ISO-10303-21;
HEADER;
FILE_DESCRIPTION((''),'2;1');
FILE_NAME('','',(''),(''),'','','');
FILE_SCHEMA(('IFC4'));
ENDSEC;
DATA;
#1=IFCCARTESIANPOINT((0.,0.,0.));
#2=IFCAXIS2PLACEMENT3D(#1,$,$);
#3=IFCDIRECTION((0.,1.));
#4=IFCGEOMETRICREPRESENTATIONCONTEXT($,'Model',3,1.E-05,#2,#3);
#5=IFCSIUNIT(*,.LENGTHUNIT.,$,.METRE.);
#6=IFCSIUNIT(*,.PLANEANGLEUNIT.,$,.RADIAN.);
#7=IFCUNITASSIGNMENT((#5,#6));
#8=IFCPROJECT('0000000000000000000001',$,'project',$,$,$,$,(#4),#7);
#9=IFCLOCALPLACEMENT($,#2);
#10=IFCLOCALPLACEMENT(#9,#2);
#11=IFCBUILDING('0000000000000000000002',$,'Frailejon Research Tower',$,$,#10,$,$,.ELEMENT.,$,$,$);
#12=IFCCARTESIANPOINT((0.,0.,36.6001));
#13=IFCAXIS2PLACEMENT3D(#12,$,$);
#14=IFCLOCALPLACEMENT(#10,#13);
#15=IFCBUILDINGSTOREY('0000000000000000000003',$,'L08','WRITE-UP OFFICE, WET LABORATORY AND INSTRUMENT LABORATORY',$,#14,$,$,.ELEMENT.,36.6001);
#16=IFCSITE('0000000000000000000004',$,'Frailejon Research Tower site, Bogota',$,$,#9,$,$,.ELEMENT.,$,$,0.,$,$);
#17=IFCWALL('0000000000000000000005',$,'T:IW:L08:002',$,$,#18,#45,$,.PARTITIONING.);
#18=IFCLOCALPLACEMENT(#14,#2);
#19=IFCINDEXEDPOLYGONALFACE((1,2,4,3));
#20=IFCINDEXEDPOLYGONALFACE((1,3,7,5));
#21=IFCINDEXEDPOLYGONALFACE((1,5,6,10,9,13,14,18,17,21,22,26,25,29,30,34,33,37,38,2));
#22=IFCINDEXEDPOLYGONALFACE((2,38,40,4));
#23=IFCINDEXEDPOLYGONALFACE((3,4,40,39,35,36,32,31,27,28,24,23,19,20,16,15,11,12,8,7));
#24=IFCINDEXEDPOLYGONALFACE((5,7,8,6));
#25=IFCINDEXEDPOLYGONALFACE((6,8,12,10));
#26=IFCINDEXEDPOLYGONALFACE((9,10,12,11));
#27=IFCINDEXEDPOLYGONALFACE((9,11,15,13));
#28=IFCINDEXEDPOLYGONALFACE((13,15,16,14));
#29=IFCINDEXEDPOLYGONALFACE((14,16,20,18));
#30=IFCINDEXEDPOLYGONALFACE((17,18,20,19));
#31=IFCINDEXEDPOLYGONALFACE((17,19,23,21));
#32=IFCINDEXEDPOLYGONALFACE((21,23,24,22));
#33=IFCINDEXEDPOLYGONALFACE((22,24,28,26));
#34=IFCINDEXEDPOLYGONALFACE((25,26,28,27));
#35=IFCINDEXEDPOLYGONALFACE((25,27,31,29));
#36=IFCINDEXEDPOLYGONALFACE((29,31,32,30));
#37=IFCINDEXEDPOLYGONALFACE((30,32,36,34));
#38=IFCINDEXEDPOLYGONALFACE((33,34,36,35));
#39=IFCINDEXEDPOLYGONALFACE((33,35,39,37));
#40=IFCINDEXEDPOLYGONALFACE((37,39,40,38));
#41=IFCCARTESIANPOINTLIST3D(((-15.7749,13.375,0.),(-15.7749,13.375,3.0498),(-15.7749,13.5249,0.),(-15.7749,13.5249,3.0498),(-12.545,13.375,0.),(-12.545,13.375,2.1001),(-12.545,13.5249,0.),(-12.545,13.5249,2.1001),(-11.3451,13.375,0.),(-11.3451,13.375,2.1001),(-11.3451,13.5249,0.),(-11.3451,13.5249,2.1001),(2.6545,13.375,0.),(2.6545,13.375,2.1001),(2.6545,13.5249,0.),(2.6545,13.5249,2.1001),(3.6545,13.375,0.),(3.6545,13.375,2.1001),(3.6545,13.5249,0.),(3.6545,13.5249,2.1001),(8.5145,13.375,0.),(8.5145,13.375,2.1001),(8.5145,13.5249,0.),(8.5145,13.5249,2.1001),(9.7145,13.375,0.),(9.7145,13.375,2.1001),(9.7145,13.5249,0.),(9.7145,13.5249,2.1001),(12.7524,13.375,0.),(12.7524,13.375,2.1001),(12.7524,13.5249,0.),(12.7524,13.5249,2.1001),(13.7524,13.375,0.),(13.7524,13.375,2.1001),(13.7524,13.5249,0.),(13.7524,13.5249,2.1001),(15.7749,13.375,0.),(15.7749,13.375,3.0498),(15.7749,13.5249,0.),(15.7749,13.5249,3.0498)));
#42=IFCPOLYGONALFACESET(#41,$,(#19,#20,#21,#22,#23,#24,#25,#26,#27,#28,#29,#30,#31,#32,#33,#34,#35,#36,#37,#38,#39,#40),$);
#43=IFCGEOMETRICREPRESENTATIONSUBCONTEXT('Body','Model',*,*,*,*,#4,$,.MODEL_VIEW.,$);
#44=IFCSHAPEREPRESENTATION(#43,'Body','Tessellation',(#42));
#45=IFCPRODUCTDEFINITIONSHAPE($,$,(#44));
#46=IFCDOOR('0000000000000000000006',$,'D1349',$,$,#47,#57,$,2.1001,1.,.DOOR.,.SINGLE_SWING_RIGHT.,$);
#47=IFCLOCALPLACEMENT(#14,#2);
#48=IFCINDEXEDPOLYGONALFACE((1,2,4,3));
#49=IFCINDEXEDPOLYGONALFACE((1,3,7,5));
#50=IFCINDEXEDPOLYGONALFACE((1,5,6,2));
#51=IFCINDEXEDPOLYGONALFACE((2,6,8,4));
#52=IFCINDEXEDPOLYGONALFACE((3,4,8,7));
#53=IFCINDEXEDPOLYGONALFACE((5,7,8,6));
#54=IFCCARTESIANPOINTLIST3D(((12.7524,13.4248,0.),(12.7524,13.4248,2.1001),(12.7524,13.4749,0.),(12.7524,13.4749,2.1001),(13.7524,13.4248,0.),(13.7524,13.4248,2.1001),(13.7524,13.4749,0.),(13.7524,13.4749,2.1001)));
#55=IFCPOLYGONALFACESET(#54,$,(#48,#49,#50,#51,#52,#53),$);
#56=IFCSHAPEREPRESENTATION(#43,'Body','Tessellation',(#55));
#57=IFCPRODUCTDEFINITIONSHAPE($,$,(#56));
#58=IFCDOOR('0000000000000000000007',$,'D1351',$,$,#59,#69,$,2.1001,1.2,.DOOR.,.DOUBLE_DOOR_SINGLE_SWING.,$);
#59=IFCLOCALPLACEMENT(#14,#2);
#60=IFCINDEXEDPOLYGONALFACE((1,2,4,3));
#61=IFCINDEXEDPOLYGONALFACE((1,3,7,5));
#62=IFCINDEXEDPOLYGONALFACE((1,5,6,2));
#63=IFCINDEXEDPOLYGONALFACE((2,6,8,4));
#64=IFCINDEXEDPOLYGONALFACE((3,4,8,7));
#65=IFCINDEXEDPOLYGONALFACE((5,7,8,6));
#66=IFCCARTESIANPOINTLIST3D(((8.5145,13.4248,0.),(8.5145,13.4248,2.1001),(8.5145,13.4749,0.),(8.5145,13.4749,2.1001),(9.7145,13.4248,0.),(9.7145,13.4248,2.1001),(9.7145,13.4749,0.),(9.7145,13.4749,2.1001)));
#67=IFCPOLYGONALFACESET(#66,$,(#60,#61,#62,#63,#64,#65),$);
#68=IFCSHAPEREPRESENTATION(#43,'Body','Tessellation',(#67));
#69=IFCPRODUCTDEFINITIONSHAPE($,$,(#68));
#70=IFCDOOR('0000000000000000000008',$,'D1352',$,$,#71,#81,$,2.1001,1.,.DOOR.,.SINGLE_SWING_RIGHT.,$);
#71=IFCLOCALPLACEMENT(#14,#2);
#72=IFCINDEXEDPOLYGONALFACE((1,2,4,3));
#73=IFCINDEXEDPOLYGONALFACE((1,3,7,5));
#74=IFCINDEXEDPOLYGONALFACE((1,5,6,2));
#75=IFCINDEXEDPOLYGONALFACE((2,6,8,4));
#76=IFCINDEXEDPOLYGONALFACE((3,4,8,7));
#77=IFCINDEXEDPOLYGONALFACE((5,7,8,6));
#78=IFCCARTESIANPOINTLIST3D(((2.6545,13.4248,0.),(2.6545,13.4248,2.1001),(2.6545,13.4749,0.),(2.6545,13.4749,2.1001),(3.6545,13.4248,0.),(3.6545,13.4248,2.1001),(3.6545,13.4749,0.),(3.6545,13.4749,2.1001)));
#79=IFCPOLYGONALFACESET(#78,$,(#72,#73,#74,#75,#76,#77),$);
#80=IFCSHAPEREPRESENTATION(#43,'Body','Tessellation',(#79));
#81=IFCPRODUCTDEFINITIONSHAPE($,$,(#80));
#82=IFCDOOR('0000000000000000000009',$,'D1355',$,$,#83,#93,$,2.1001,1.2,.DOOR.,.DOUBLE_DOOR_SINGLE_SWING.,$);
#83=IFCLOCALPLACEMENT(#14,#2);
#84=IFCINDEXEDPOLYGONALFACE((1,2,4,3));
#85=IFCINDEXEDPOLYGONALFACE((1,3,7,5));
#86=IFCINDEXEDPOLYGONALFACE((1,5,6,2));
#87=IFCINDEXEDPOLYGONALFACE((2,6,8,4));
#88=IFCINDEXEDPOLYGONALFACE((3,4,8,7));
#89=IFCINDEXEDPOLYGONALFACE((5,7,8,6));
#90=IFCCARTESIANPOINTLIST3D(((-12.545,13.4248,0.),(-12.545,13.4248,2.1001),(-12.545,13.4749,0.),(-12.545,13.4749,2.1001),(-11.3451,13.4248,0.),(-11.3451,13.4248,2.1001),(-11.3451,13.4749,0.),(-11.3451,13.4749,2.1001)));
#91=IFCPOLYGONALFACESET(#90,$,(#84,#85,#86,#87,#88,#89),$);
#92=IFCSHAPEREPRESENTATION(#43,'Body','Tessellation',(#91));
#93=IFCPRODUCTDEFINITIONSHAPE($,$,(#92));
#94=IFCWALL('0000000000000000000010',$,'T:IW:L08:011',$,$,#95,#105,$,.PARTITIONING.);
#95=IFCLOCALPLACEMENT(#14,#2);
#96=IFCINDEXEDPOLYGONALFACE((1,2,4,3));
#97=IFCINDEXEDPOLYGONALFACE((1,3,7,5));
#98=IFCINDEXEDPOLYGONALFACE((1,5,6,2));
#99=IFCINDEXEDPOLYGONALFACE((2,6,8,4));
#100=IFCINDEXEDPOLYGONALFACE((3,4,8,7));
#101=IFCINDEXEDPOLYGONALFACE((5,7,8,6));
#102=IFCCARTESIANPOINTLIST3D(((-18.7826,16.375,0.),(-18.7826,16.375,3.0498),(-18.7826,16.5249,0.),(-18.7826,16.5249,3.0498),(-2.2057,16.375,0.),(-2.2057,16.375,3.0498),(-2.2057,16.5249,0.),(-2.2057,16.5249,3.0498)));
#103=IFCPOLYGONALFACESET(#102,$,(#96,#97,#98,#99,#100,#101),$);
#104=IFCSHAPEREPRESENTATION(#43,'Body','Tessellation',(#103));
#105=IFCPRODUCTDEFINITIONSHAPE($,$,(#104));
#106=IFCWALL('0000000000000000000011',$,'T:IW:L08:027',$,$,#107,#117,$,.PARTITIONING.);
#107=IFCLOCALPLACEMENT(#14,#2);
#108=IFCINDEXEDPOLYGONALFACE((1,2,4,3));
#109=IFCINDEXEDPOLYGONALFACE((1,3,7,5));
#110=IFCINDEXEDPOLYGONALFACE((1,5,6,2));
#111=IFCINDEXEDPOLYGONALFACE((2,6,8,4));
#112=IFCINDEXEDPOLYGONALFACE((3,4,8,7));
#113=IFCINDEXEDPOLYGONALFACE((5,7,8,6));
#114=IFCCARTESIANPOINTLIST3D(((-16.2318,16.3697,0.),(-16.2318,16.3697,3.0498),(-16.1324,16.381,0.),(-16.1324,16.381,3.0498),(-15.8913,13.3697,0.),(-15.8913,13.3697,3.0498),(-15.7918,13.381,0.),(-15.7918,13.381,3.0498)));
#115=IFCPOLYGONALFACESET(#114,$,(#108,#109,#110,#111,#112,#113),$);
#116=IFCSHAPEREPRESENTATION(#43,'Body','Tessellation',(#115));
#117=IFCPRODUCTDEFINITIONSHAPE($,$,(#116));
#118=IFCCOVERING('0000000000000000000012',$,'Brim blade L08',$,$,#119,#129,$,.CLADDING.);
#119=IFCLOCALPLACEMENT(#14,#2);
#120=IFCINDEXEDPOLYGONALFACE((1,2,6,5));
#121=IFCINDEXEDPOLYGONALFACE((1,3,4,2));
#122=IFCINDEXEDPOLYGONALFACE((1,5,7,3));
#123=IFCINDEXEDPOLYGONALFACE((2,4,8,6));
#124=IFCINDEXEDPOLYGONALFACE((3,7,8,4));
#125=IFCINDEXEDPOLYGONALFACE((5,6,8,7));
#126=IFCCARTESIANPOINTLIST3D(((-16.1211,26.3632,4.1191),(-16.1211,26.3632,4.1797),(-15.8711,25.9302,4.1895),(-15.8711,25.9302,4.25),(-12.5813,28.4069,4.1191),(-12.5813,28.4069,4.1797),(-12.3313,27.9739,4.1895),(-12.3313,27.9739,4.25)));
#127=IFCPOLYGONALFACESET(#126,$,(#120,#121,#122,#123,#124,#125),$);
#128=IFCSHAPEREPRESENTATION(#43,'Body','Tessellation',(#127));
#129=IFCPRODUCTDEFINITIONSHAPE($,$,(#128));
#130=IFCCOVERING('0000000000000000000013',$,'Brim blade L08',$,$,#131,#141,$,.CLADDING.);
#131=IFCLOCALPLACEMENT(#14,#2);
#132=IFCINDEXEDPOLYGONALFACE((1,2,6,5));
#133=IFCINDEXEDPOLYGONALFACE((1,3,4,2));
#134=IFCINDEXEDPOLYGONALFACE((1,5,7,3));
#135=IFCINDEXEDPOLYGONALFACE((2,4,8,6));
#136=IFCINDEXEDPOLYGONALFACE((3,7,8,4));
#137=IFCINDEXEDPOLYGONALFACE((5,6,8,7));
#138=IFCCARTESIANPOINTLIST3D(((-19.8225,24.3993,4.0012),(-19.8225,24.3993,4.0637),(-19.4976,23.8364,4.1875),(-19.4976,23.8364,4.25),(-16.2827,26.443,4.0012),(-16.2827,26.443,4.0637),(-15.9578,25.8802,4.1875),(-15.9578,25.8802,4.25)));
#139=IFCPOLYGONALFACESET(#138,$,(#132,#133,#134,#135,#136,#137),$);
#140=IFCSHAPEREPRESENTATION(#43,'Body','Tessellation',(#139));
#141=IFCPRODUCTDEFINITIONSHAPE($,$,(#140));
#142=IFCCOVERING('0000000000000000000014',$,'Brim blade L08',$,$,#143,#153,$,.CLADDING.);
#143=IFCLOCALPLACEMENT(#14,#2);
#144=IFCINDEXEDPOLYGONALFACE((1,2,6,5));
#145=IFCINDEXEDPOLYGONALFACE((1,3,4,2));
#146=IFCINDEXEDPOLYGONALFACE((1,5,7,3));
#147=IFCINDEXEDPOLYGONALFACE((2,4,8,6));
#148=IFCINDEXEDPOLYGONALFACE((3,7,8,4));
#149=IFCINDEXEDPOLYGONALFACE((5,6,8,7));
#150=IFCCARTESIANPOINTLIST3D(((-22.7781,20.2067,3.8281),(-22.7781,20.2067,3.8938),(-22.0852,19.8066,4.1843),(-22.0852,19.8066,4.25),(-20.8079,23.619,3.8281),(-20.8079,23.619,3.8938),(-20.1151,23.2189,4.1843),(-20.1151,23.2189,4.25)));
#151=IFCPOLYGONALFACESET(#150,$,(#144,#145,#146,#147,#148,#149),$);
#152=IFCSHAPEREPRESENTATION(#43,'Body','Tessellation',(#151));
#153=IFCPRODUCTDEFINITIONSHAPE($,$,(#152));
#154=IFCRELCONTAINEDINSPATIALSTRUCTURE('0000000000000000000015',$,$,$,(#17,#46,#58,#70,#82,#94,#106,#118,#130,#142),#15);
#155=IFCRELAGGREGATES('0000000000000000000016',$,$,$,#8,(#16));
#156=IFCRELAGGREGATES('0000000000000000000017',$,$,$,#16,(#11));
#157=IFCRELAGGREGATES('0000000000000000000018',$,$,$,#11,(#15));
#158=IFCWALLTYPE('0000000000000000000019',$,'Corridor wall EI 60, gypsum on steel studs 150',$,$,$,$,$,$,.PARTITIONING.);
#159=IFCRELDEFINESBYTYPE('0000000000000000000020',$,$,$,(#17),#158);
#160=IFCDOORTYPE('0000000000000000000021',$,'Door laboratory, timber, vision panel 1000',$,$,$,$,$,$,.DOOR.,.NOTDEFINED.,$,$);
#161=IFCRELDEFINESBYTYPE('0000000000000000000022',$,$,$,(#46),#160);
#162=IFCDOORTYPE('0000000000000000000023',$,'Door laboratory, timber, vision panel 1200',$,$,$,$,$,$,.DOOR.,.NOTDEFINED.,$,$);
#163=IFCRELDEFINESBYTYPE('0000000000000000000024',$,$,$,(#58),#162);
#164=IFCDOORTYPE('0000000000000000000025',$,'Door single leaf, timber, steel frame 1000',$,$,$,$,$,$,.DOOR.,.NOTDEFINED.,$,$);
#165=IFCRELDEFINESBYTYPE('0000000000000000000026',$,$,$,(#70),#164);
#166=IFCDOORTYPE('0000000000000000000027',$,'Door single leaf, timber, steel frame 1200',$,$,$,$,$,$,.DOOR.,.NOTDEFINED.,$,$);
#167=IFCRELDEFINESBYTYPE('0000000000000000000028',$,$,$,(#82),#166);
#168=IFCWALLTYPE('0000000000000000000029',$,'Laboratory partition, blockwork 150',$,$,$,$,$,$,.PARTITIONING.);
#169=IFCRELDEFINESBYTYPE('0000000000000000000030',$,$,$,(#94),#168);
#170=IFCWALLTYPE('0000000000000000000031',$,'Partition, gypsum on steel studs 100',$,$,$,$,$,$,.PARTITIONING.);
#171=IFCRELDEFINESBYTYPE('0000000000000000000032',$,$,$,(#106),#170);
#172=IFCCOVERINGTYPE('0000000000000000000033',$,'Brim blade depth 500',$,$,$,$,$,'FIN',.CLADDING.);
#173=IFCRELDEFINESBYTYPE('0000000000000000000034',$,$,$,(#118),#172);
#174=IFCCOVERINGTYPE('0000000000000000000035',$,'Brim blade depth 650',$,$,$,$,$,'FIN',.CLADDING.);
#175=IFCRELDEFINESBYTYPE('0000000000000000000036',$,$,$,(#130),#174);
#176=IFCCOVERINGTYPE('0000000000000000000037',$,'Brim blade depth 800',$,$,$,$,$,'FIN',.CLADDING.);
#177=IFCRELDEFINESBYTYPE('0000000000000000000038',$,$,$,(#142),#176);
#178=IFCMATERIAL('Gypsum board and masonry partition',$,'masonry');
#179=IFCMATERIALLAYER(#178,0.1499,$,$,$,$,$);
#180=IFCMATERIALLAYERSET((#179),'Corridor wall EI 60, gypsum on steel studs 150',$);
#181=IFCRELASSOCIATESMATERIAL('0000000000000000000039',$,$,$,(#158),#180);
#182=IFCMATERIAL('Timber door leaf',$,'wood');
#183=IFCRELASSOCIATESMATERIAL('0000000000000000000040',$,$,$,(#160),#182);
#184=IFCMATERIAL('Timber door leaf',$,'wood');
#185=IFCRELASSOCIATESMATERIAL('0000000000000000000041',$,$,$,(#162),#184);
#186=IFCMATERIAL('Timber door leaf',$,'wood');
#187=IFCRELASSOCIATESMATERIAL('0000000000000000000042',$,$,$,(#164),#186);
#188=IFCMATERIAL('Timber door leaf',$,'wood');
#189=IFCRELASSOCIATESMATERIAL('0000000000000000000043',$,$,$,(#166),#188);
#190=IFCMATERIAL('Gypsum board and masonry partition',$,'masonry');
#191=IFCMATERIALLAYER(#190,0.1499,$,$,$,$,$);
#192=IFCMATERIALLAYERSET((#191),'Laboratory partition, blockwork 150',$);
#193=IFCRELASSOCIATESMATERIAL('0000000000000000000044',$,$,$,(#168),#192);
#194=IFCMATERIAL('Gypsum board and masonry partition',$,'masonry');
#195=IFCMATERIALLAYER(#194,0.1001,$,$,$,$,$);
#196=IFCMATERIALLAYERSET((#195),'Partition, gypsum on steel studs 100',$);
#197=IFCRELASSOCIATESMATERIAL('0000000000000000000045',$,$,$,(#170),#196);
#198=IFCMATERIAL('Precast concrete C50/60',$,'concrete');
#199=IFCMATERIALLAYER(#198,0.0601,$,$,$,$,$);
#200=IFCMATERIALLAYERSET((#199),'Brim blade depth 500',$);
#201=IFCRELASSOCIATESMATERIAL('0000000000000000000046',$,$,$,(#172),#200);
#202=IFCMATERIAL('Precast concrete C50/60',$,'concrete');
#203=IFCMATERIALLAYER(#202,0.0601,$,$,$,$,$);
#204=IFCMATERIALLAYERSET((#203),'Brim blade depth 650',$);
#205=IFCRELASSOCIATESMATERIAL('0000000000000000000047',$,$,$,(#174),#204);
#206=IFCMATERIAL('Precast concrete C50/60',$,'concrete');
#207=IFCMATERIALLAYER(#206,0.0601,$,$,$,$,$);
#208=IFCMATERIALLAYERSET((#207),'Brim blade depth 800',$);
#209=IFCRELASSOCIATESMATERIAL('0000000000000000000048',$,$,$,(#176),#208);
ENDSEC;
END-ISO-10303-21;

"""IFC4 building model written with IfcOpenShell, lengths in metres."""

from ifc_helpers import new_model, si_unit, direction, frame, frame_2d, origin, place, context, subcontext, project, spatial, polyline, rectangle, outline, extrude, material, layer, layer_set, type_object, element, fill, save


model = new_model("IFC4")

# Units and contexts
model_context = context("Model", 3, precision=1e-05, world=origin(), true_north=direction((0.0, 1.0)))
body_context = subcontext(model_context, "Body", "Model", "MODEL_VIEW")
ifc_project = project(units=[si_unit("LENGTHUNIT", "METRE"), si_unit("PLANEANGLEUNIT", "RADIAN")], contexts=[model_context])

# Site, building, storey
site_placement = place(None, origin())
site = spatial("IfcSite", under=ifc_project, at=site_placement, Name="Frailejon Research Tower site, Bogota", CompositionType="ELEMENT", RefElevation=0.0)
building_placement = place(site_placement, origin())
building = spatial("IfcBuilding", under=site, at=building_placement, Name="Frailejon Research Tower", CompositionType="ELEMENT")
storey_placement = place(building_placement, frame((0.0, 0.0, 36.6001)))
storey = spatial("IfcBuildingStorey", under=building, at=storey_placement, Name="L08", Description="WRITE-UP OFFICE, WET LABORATORY AND INSTRUMENT LABORATORY", CompositionType="ELEMENT", Elevation=36.6001)

# Wall, openings, doors
ifc_material_1 = material(Name="Gypsum board and masonry partition", Category="masonry")
ifc_layer_1 = layer(ifc_material_1, 0.1499)
ifc_layer_set_1 = layer_set([ifc_layer_1], Name="Corridor wall EI 60, gypsum on steel studs 150")
wall_type_1 = type_object("IfcWallType", Name="Corridor wall EI 60, gypsum on steel studs 150", PredefinedType="PARTITIONING", material=ifc_layer_set_1)
wall_1_placement = place(storey_placement, frame((-15.7749, 13.45, 0.0), z_axis=(0.0, 0.0, 1.0), x_axis=(1.0, 0.0, 0.0)))
wall_1 = element("IfcWall", 1, at=wall_1_placement, inside=storey, type_object=wall_type_1, Name="T:IW:L08:002", PredefinedType="PARTITIONING", context=body_context, shape_type="SweptSolid", body=[
    extrude(rectangle(XDim=31.5498, YDim=0.1499, at=frame_2d((15.7749, 0.0))), origin(), (0.0, 0.0, 1.0), 3.0498),
])
opening_1_placement = place(wall_1_placement, frame((28.5273, 0.0, 0.0)))
opening_1 = element("IfcOpeningElement", 2, at=opening_1_placement, cuts=wall_1, PredefinedType="OPENING", context=body_context, shape_type="SweptSolid", body=[
    extrude(rectangle(XDim=1.0, YDim=2.1001, at=frame_2d((0.5, 1.05))), frame((0.0, 0.085, 0.0), z_axis=(0.0, -1.0, 0.0), x_axis=(1.0, 0.0, 0.0)), (0.0, 0.0, 1.0), 0.1699),
])
opening_2_placement = place(wall_1_placement, frame((24.2893, 0.0, 0.0)))
opening_2 = element("IfcOpeningElement", 3, at=opening_2_placement, cuts=wall_1, PredefinedType="OPENING", context=body_context, shape_type="SweptSolid", body=[
    extrude(rectangle(XDim=1.2, YDim=2.1001, at=frame_2d((0.6001, 1.05))), frame((0.0, 0.085, 0.0), z_axis=(0.0, -1.0, 0.0), x_axis=(1.0, 0.0, 0.0)), (0.0, 0.0, 1.0), 0.1699),
])
opening_3_placement = place(wall_1_placement, frame((18.4294, 0.0, 0.0)))
opening_3 = element("IfcOpeningElement", 4, at=opening_3_placement, cuts=wall_1, PredefinedType="OPENING", context=body_context, shape_type="SweptSolid", body=[
    extrude(rectangle(XDim=1.0, YDim=2.1001, at=frame_2d((0.5, 1.05))), frame((0.0, 0.085, 0.0), z_axis=(0.0, -1.0, 0.0), x_axis=(1.0, 0.0, 0.0)), (0.0, 0.0, 1.0), 0.1699),
])
opening_4_placement = place(wall_1_placement, frame((3.2297, 0.0, 0.0)))
opening_4 = element("IfcOpeningElement", 5, at=opening_4_placement, cuts=wall_1, PredefinedType="OPENING", context=body_context, shape_type="SweptSolid", body=[
    extrude(rectangle(XDim=1.2, YDim=2.1001, at=frame_2d((0.6001, 1.05))), frame((0.0, 0.085, 0.0), z_axis=(0.0, -1.0, 0.0), x_axis=(1.0, 0.0, 0.0)), (0.0, 0.0, 1.0), 0.1699),
])
ifc_material_2 = material(Name="Timber door leaf", Category="wood")
door_type_1 = type_object("IfcDoorType", Name="Door laboratory, timber, vision panel 1000", OperationType="NOTDEFINED", PredefinedType="DOOR", material=ifc_material_2)
door_1_placement = place(opening_1_placement, origin())
door_1 = element("IfcDoor", 6, at=door_1_placement, inside=storey, type_object=door_type_1, Name="D1349", OperationType="SINGLE_SWING_RIGHT", OverallHeight=2.1001, OverallWidth=1.0, PredefinedType="DOOR", context=body_context, shape_type="SweptSolid", body=[
    extrude(rectangle(XDim=1.0, YDim=2.1001, at=frame_2d((0.5, 1.05))), frame((0.0, 0.0249, 0.0), z_axis=(0.0, -1.0, 0.0), x_axis=(1.0, 0.0, 0.0)), (0.0, 0.0, 1.0), 0.05),
])
fill(opening_1, door_1)
ifc_material_3 = material(Name="Timber door leaf", Category="wood")
door_type_2 = type_object("IfcDoorType", Name="Door laboratory, timber, vision panel 1200", OperationType="NOTDEFINED", PredefinedType="DOOR", material=ifc_material_3)
door_2_placement = place(opening_2_placement, origin())
door_2 = element("IfcDoor", 7, at=door_2_placement, inside=storey, type_object=door_type_2, Name="D1351", OperationType="DOUBLE_DOOR_SINGLE_SWING", OverallHeight=2.1001, OverallWidth=1.2, PredefinedType="DOOR", context=body_context, shape_type="SweptSolid", body=[
    extrude(rectangle(XDim=1.2, YDim=2.1001, at=frame_2d((0.6001, 1.05))), frame((0.0, 0.0249, 0.0), z_axis=(0.0, -1.0, 0.0), x_axis=(1.0, 0.0, 0.0)), (0.0, 0.0, 1.0), 0.05),
])
fill(opening_2, door_2)
ifc_material_4 = material(Name="Timber door leaf", Category="wood")
door_type_3 = type_object("IfcDoorType", Name="Door single leaf, timber, steel frame 1000", OperationType="NOTDEFINED", PredefinedType="DOOR", material=ifc_material_4)
door_3_placement = place(opening_3_placement, origin())
door_3 = element("IfcDoor", 8, at=door_3_placement, inside=storey, type_object=door_type_3, Name="D1352", OperationType="SINGLE_SWING_RIGHT", OverallHeight=2.1001, OverallWidth=1.0, PredefinedType="DOOR", context=body_context, shape_type="SweptSolid", body=[
    extrude(rectangle(XDim=1.0, YDim=2.1001, at=frame_2d((0.5, 1.05))), frame((0.0, 0.0249, 0.0), z_axis=(0.0, -1.0, 0.0), x_axis=(1.0, 0.0, 0.0)), (0.0, 0.0, 1.0), 0.05),
])
fill(opening_3, door_3)
ifc_material_5 = material(Name="Timber door leaf", Category="wood")
door_type_4 = type_object("IfcDoorType", Name="Door single leaf, timber, steel frame 1200", OperationType="NOTDEFINED", PredefinedType="DOOR", material=ifc_material_5)
door_4_placement = place(opening_4_placement, origin())
door_4 = element("IfcDoor", 9, at=door_4_placement, inside=storey, type_object=door_type_4, Name="D1355", OperationType="DOUBLE_DOOR_SINGLE_SWING", OverallHeight=2.1001, OverallWidth=1.2, PredefinedType="DOOR", context=body_context, shape_type="SweptSolid", body=[
    extrude(rectangle(XDim=1.2, YDim=2.1001, at=frame_2d((0.6001, 1.05))), frame((0.0, 0.0249, 0.0), z_axis=(0.0, -1.0, 0.0), x_axis=(1.0, 0.0, 0.0)), (0.0, 0.0, 1.0), 0.05),
])
fill(opening_4, door_4)

# Walls
ifc_material_6 = material(Name="Gypsum board and masonry partition", Category="masonry")
ifc_layer_2 = layer(ifc_material_6, 0.1499)
ifc_layer_set_2 = layer_set([ifc_layer_2], Name="Laboratory partition, blockwork 150")
wall_type_2 = type_object("IfcWallType", Name="Laboratory partition, blockwork 150", PredefinedType="PARTITIONING", material=ifc_layer_set_2)
wall_2_placement = place(storey_placement, frame((-18.7827, 16.45, 0.0), z_axis=(0.0, 0.0, 1.0), x_axis=(1.0, 0.0, 0.0)))
element("IfcWall", 10, at=wall_2_placement, inside=storey, type_object=wall_type_2, Name="T:IW:L08:011", PredefinedType="PARTITIONING", context=body_context, shape_type="SweptSolid", body=[
    extrude(rectangle(XDim=16.5769, YDim=0.1499, at=frame_2d((8.2886, 0.0))), origin(), (0.0, 0.0, 1.0), 3.0498),
])
ifc_material_7 = material(Name="Gypsum board and masonry partition", Category="masonry")
ifc_layer_3 = layer(ifc_material_7, 0.1001)
ifc_layer_set_3 = layer_set([ifc_layer_3], Name="Partition, gypsum on steel studs 100")
wall_type_3 = type_object("IfcWallType", Name="Partition, gypsum on steel studs 100", PredefinedType="PARTITIONING", material=ifc_layer_set_3)
wall_3_placement = place(storey_placement, frame((-16.1821, 16.3755, 0.0), z_axis=(0.0, 0.0, 1.0), x_axis=(0.112801, -0.993618, 0.0)))
element("IfcWall", 11, at=wall_3_placement, inside=storey, type_object=wall_type_3, Name="T:IW:L08:027", PredefinedType="PARTITIONING", context=body_context, shape_type="SweptSolid", body=[
    extrude(rectangle(XDim=3.0193, YDim=0.1001, at=frame_2d((1.5098, 0.0))), origin(), (0.0, 0.0, 1.0), 3.0498),
])

# Coverings
ifc_material_8 = material(Name="Precast concrete C50/60", Category="concrete")
ifc_layer_4 = layer(ifc_material_8, 0.0601)
ifc_layer_set_4 = layer_set([ifc_layer_4], Name="Brim blade depth 500")
covering_type_1 = type_object("IfcCoveringType", Name="Brim blade depth 500", ElementType="FIN", PredefinedType="CLADDING", material=ifc_layer_set_4)
covering_1_placement = place(storey_placement, frame((-15.8711, 25.9302, 4.25), z_axis=(0.866021, 0.500007, 0.0), x_axis=(-0.500007, 0.866021, 0.0)))
element("IfcCovering", 12, at=covering_1_placement, inside=storey, type_object=covering_type_1, Name="Brim blade L08", PredefinedType="CLADDING", context=body_context, shape_type="SweptSolid", body=[
    extrude(outline(polyline([(0.0, -0.0605), (0.5, -0.1309), (0.5, -0.0703), (0.0, 0.0), (0.0, -0.0605)])), origin(), (0.0, 0.0, 1.0), 4.0874),
])
ifc_material_9 = material(Name="Precast concrete C50/60", Category="concrete")
ifc_layer_5 = layer(ifc_material_9, 0.0601)
ifc_layer_set_5 = layer_set([ifc_layer_5], Name="Brim blade depth 650")
covering_type_2 = type_object("IfcCoveringType", Name="Brim blade depth 650", ElementType="FIN", PredefinedType="CLADDING", material=ifc_layer_set_5)
covering_2_placement = place(storey_placement, frame((-19.4976, 23.8364, 4.25), z_axis=(0.866021, 0.500007, 0.0), x_axis=(-0.500007, 0.866021, 0.0)))
element("IfcCovering", 13, at=covering_2_placement, inside=storey, type_object=covering_type_2, Name="Brim blade L08", PredefinedType="CLADDING", context=body_context, shape_type="SweptSolid", body=[
    extrude(outline(polyline([(0.0, -0.0625), (0.6499, -0.2488), (0.6499, -0.1863), (0.0, 0.0), (0.0, -0.0625)])), origin(), (0.0, 0.0, 1.0), 4.0874),
])
ifc_material_10 = material(Name="Precast concrete C50/60", Category="concrete")
ifc_layer_6 = layer(ifc_material_10, 0.0601)
ifc_layer_set_6 = layer_set([ifc_layer_6], Name="Brim blade depth 800")
covering_type_3 = type_object("IfcCoveringType", Name="Brim blade depth 800", ElementType="FIN", PredefinedType="CLADDING", material=ifc_layer_set_6)
covering_3_placement = place(storey_placement, frame((-22.0852, 19.8066, 4.25), z_axis=(0.50001, 0.86602, 0.0), x_axis=(-0.86602, 0.50001, 0.0)))
element("IfcCovering", 14, at=covering_3_placement, inside=storey, type_object=covering_type_3, Name="Brim blade L08", PredefinedType="CLADDING", context=body_context, shape_type="SweptSolid", body=[
    extrude(outline(polyline([(0.0, -0.0657), (0.8, -0.4219), (0.8, -0.3562), (0.0, 0.0), (0.0, -0.0657)])), origin(), (0.0, 0.0, 1.0), 3.9402),
])

save(model, "model.ifc")
